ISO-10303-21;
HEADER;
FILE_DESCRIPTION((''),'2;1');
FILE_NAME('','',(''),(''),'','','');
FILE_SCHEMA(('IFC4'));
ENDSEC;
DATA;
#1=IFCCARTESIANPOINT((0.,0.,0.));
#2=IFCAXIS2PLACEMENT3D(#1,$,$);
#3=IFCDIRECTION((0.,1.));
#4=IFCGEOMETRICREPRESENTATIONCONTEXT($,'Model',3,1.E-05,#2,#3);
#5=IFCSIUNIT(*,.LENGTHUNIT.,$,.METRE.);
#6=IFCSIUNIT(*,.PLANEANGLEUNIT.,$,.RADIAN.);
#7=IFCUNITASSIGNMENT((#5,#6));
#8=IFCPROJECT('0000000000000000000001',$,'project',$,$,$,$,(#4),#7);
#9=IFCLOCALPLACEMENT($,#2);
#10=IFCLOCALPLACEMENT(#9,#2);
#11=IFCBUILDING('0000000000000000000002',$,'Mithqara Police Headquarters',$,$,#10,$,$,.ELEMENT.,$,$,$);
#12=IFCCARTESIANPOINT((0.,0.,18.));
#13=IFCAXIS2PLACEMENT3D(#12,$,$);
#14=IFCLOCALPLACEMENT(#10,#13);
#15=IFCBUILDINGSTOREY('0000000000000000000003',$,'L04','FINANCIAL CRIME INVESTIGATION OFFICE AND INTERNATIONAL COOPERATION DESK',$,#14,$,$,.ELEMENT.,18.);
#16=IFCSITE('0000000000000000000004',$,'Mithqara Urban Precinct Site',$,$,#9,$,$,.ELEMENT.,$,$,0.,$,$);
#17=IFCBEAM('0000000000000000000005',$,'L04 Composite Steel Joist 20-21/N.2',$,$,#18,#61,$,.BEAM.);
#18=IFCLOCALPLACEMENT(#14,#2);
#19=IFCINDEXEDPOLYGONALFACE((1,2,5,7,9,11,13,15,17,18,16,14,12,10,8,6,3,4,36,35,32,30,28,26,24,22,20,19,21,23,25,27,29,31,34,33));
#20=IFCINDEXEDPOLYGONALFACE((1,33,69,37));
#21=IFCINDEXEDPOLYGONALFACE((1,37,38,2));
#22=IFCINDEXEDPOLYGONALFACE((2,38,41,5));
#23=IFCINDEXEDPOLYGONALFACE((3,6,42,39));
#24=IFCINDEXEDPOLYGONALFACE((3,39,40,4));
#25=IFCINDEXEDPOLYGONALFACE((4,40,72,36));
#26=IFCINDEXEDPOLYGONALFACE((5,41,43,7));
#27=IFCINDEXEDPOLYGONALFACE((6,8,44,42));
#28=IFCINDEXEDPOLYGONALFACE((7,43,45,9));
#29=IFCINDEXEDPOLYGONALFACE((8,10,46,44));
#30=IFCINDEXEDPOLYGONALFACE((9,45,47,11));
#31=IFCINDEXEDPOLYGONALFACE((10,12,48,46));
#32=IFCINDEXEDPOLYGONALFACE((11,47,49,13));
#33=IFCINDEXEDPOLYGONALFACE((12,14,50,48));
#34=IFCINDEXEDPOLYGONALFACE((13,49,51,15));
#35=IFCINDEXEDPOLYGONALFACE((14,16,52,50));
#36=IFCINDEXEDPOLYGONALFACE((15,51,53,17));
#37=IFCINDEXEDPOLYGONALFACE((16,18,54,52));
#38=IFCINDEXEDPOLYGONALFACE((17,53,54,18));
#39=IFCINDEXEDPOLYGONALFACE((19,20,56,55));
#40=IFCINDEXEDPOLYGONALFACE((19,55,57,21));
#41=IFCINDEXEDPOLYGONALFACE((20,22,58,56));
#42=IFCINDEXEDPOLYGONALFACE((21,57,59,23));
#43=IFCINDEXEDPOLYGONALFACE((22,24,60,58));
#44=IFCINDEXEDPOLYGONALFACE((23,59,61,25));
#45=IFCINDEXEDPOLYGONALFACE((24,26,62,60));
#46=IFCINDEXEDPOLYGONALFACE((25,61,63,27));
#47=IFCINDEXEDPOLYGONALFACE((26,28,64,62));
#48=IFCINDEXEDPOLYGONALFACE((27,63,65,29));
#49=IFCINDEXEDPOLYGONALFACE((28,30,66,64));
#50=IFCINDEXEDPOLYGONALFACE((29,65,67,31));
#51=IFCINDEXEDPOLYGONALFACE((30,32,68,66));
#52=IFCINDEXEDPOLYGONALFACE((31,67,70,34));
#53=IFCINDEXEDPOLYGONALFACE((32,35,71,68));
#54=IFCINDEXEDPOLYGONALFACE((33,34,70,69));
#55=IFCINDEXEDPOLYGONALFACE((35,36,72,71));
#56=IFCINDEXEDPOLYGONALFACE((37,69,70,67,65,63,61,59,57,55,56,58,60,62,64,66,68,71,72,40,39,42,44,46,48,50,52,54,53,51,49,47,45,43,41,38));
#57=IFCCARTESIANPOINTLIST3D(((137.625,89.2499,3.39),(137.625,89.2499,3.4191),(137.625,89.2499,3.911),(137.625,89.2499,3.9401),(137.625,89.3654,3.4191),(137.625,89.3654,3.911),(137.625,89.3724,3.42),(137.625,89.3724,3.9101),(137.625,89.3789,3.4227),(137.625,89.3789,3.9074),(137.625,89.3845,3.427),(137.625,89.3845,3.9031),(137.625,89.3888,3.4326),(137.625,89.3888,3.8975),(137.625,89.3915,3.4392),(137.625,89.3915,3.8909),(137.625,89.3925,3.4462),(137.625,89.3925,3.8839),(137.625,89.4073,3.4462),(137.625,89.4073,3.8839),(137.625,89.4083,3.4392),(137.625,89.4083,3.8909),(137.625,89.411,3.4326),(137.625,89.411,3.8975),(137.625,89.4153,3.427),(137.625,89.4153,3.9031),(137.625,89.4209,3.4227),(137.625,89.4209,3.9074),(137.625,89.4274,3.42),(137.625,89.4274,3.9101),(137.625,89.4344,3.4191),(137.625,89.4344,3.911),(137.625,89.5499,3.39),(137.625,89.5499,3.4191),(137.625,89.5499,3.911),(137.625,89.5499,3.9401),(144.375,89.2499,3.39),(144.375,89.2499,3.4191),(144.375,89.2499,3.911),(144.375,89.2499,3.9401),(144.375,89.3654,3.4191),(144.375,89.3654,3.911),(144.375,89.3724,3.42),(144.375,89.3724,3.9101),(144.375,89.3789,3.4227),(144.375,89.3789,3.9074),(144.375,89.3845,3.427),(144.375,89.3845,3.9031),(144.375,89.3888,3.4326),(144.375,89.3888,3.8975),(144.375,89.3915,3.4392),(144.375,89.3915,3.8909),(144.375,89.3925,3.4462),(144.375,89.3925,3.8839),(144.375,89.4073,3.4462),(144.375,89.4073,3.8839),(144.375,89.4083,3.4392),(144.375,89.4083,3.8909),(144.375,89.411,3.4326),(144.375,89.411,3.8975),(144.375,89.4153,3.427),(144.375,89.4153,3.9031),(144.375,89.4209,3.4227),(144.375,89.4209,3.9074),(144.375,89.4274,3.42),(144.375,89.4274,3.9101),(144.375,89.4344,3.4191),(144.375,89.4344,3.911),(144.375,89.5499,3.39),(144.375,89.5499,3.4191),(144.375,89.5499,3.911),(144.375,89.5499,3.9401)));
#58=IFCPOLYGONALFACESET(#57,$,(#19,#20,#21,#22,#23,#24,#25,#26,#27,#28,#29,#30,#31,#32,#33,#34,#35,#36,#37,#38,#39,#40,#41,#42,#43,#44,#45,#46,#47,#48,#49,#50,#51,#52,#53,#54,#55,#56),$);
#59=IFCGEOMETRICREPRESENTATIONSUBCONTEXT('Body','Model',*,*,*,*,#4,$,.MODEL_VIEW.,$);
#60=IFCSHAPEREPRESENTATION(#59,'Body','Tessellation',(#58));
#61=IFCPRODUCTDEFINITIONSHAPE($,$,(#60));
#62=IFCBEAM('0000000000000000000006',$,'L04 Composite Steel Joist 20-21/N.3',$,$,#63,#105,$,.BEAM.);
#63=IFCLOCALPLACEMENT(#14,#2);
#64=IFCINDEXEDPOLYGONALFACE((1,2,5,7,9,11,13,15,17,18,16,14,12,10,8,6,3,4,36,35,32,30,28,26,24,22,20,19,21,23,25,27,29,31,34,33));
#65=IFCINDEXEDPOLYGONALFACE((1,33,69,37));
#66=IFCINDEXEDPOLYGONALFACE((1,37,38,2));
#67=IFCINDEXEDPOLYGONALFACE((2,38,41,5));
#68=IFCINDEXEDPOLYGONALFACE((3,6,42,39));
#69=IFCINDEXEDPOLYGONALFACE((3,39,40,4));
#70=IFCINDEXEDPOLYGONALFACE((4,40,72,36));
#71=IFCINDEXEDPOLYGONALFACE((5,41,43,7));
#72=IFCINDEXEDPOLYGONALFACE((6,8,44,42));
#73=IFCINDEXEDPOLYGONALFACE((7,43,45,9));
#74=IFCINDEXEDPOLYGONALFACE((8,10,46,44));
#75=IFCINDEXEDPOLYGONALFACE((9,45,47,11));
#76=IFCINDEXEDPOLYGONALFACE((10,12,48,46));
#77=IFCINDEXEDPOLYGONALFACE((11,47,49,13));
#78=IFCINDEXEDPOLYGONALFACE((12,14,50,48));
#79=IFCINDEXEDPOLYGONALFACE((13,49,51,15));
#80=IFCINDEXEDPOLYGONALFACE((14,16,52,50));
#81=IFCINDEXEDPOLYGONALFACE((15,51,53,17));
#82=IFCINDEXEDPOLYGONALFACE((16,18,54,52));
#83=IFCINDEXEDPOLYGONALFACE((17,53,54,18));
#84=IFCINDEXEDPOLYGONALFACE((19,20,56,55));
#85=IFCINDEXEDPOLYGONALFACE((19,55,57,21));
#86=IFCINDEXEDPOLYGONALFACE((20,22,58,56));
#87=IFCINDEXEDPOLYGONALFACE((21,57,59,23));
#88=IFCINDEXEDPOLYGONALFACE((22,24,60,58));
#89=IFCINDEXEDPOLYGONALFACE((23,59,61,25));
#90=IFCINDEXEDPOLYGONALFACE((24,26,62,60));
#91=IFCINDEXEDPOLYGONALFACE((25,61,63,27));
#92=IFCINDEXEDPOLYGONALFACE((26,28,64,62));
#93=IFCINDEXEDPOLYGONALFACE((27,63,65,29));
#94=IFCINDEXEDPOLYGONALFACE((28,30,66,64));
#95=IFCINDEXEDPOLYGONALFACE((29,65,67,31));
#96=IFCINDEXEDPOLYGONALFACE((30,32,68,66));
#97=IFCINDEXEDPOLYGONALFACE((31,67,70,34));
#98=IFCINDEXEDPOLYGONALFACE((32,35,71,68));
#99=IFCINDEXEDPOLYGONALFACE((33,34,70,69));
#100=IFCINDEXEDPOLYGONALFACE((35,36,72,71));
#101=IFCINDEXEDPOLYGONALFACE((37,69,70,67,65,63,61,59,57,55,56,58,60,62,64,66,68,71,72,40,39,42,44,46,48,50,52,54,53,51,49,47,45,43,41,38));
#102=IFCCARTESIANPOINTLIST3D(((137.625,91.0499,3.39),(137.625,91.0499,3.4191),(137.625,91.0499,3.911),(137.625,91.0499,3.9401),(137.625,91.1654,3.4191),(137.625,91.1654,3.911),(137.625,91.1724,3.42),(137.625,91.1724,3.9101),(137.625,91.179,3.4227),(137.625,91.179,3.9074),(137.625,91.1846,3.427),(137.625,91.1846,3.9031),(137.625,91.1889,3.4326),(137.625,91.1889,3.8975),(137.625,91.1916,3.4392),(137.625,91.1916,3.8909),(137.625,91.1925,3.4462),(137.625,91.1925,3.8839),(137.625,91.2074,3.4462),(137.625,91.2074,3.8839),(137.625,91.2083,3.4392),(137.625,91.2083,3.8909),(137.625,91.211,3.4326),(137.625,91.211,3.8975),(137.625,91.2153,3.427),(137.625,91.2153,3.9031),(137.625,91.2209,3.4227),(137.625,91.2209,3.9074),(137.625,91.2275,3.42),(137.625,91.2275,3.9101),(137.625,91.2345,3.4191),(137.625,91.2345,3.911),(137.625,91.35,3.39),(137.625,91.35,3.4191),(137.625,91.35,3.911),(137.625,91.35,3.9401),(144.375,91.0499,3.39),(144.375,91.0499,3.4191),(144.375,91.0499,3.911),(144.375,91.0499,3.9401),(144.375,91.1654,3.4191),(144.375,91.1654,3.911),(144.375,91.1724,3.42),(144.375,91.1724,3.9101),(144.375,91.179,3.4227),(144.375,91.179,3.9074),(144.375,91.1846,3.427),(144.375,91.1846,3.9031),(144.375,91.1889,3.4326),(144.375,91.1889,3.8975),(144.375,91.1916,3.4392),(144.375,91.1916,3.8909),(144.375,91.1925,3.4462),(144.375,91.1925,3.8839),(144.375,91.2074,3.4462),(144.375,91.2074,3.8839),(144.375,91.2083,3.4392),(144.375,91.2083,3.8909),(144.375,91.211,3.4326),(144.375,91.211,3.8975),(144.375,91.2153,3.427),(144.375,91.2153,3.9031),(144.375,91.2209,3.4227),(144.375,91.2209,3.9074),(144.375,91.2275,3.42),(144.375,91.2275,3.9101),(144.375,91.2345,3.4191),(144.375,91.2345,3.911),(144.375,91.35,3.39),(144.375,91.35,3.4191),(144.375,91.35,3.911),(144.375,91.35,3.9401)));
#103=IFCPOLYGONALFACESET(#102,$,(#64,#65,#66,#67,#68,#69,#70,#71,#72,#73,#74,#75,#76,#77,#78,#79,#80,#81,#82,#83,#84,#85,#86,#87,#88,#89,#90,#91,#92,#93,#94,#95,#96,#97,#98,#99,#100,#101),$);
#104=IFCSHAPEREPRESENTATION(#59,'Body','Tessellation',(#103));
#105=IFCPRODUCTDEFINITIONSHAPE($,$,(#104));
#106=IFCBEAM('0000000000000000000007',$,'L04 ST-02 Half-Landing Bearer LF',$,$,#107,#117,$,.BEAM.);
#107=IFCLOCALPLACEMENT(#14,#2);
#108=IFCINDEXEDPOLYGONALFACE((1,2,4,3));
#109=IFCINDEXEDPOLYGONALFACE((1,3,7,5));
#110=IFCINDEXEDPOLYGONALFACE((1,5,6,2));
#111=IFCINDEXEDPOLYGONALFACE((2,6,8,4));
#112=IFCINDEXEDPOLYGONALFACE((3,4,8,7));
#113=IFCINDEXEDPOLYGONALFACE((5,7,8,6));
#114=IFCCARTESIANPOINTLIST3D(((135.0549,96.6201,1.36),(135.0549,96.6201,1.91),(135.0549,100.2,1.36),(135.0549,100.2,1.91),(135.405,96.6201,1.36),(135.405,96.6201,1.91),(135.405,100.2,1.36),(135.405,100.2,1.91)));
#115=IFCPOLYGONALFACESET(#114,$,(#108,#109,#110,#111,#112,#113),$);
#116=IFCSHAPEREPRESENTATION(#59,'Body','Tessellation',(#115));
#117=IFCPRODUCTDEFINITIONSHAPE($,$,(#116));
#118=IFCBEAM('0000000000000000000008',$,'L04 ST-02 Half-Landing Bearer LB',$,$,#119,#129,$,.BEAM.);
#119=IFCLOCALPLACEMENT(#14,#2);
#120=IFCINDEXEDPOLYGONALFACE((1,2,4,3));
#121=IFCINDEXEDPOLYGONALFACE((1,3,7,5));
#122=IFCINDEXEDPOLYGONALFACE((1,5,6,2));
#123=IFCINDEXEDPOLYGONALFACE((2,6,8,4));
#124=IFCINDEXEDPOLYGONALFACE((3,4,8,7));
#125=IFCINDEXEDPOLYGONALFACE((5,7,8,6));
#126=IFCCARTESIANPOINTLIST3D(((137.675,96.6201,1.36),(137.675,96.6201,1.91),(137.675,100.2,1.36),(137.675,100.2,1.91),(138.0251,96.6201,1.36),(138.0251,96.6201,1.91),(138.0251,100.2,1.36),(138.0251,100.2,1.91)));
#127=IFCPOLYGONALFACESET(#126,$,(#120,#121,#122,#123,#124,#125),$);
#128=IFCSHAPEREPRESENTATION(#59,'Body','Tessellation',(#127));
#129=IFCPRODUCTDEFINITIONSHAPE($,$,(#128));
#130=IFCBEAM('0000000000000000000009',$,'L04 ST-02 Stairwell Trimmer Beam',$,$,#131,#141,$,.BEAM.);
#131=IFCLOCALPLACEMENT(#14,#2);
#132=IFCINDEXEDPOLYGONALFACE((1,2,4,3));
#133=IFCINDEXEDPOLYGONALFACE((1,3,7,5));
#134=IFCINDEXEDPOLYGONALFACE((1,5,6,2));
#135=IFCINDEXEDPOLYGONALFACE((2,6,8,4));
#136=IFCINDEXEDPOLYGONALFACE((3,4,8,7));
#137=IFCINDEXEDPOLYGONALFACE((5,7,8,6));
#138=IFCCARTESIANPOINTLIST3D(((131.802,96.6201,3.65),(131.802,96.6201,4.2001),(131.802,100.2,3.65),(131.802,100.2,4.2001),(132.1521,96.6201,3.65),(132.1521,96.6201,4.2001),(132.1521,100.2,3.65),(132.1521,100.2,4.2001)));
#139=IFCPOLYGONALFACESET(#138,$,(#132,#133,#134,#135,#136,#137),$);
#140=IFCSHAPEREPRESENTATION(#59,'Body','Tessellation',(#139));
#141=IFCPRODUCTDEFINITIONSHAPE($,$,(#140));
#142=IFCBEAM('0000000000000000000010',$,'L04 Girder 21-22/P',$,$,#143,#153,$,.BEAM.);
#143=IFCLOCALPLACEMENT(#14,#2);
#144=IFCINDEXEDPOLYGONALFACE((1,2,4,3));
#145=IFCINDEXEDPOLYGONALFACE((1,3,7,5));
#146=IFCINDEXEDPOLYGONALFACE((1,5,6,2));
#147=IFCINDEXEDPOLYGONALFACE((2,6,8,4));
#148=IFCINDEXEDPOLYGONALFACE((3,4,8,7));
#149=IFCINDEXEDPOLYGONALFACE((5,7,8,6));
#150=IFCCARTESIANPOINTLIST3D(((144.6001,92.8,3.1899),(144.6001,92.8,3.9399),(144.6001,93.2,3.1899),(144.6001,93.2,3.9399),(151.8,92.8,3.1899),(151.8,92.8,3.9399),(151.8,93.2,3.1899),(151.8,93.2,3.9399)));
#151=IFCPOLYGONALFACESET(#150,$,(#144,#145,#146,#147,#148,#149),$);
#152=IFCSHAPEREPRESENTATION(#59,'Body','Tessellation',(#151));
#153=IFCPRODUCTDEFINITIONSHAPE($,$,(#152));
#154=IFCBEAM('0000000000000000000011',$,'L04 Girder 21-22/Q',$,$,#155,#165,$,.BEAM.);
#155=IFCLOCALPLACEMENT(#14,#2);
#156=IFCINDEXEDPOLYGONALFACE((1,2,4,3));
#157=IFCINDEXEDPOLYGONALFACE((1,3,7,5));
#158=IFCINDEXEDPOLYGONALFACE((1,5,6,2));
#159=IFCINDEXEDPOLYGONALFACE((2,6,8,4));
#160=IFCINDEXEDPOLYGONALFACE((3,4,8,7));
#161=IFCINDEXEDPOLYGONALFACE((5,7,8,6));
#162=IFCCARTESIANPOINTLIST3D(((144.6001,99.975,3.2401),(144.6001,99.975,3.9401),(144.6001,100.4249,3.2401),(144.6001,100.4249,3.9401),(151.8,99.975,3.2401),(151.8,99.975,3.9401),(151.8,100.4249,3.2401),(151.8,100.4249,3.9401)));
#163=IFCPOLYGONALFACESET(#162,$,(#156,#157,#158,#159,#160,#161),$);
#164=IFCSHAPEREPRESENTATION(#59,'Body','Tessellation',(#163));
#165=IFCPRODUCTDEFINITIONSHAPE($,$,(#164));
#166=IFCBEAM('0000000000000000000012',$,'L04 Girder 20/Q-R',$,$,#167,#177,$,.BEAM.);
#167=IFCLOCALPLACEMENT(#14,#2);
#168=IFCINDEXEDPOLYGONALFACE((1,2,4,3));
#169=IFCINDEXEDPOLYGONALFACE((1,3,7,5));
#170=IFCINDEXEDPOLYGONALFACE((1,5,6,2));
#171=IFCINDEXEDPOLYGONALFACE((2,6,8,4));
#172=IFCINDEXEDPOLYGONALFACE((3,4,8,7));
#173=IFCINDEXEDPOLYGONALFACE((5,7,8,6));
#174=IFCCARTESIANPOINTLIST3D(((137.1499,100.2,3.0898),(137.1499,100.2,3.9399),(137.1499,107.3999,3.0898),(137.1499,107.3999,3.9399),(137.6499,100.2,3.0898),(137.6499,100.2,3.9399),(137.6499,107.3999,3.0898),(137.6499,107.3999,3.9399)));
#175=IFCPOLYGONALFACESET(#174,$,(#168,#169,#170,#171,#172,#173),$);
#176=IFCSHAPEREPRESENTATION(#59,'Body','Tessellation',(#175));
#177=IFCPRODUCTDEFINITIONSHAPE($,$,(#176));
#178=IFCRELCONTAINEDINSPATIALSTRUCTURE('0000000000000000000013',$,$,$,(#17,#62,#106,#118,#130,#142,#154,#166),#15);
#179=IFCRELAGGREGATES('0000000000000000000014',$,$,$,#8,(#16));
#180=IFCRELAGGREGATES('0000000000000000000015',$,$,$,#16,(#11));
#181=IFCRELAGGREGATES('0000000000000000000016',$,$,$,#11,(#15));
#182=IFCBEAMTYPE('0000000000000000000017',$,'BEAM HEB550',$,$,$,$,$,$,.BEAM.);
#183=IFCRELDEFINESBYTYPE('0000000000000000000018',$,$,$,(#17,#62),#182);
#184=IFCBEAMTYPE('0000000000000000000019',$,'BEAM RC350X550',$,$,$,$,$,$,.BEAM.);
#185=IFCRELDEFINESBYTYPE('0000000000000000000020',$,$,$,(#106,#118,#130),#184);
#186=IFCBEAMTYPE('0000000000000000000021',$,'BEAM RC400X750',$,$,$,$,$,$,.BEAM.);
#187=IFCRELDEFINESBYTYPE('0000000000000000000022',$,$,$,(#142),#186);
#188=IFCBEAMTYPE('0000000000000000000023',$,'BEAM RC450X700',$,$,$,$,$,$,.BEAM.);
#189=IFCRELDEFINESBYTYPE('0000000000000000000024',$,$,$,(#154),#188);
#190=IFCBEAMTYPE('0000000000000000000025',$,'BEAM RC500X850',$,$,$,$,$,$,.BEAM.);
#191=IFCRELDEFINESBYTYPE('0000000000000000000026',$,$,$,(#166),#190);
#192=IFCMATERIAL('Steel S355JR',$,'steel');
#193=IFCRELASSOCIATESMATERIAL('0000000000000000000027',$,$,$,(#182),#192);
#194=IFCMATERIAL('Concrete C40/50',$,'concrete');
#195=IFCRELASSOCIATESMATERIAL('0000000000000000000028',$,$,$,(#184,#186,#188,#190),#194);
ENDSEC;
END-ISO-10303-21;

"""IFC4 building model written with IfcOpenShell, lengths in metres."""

from ifc_helpers import new_model, si_unit, direction, frame, origin, origin_2d, place, context, subcontext, project, spatial, rectangle, i_section, extrude, material, material_profile, profile_set, type_object, element, save


model = new_model("IFC4")

# Units and contexts
model_context = context("Model", 3, precision=1e-05, world=origin(), true_north=direction((0.0, 1.0)))
body_context = subcontext(model_context, "Body", "Model", "MODEL_VIEW")
ifc_project = project(units=[si_unit("LENGTHUNIT", "METRE"), si_unit("PLANEANGLEUNIT", "RADIAN")], contexts=[model_context])

# Site, building, storey
site_placement = place(None, origin())
site = spatial("IfcSite", under=ifc_project, at=site_placement, Name="Mithqara Urban Precinct Site", CompositionType="ELEMENT", RefElevation=0.0)
building_placement = place(site_placement, origin())
building = spatial("IfcBuilding", under=site, at=building_placement, Name="Mithqara Police Headquarters", CompositionType="ELEMENT")
storey_placement = place(building_placement, frame((0.0, 0.0, 18.0)))
storey = spatial("IfcBuildingStorey", under=building, at=storey_placement, Name="L04", Description="FINANCIAL CRIME INVESTIGATION OFFICE AND INTERNATIONAL COOPERATION DESK", CompositionType="ELEMENT", Elevation=18.0)

# Beams
ifc_material_1 = material(Name="Steel S355JR", Category="steel")
ifc_material_profile_1 = material_profile(ifc_material_1, i_section(OverallWidth=0.3, OverallDepth=0.55, WebThickness=0.0149, FlangeThickness=0.0291, FilletRadius=0.0271, at=origin_2d()), Name="HEB 550")
ifc_profile_set_1 = profile_set([ifc_material_profile_1], Name="Steel S355JR")
beam_type_1 = type_object("IfcBeamType", Name="BEAM HEB550", PredefinedType="BEAM", material=ifc_profile_set_1)
for number, where, z_axis, x_axis, name in (
    (1, (137.625, 89.3999, 3.665), (1.0, 0.0, 0.0), (0.0, 1.0, 0.0), "L04 Composite Steel Joist 20-21/N.2"),
    (2, (137.625, 91.2, 3.665), (1.0, 0.0, 0.0), (0.0, 1.0, 0.0), "L04 Composite Steel Joist 20-21/N.3"),
):
    element("IfcBeam", number, at=place(storey_placement, frame(where, z_axis=z_axis, x_axis=x_axis)), inside=storey, type_object=beam_type_1, Name=name, PredefinedType="BEAM", context=body_context, shape_type="SweptSolid", body=[
        extrude(i_section(OverallWidth=0.3, OverallDepth=0.55, WebThickness=0.0149, FlangeThickness=0.0291, FilletRadius=0.0271, at=origin_2d()), origin(), (0.0, 0.0, 1.0), 6.75),
    ])
ifc_material_2 = material(Name="Concrete C40/50", Category="concrete")
ifc_material_profile_2 = material_profile(ifc_material_2, rectangle(XDim=0.3501, YDim=0.55, at=origin_2d()), Name="RC 350x550")
ifc_profile_set_2 = profile_set([ifc_material_profile_2], Name="Concrete C40/50")
beam_type_2 = type_object("IfcBeamType", Name="BEAM RC350X550", PredefinedType="BEAM", material=ifc_profile_set_2)
for number, where, z_axis, x_axis, name in (
    (3, (135.23, 96.6201, 1.635), (0.0, 1.0, 0.0), (-1.0, 0.0, 0.0), "L04 ST-02 Half-Landing Bearer LF"),
    (4, (137.8501, 96.6201, 1.635), (0.0, 1.0, 0.0), (-1.0, 0.0, 0.0), "L04 ST-02 Half-Landing Bearer LB"),
    (5, (131.9771, 96.6201, 3.925), (0.0, 1.0, 0.0), (-1.0, 0.0, 0.0), "L04 ST-02 Stairwell Trimmer Beam"),
):
    element("IfcBeam", number, at=place(storey_placement, frame(where, z_axis=z_axis, x_axis=x_axis)), inside=storey, type_object=beam_type_2, Name=name, PredefinedType="BEAM", context=body_context, shape_type="SweptSolid", body=[
        extrude(rectangle(XDim=0.3501, YDim=0.55, at=origin_2d()), origin(), (0.0, 0.0, 1.0), 3.5798),
    ])
ifc_material_profile_3 = material_profile(ifc_material_2, rectangle(XDim=0.3999, YDim=0.75, at=origin_2d()), Name="RC 400x750")
ifc_profile_set_3 = profile_set([ifc_material_profile_3], Name="Concrete C40/50")
beam_type_3 = type_object("IfcBeamType", Name="BEAM RC400X750", PredefinedType="BEAM", material=ifc_profile_set_3)
beam_1_placement = place(storey_placement, frame((144.6001, 93.0, 3.5649), z_axis=(1.0, 0.0, 0.0), x_axis=(0.0, 1.0, 0.0)))
element("IfcBeam", 6, at=beam_1_placement, inside=storey, type_object=beam_type_3, Name="L04 Girder 21-22/P", PredefinedType="BEAM", context=body_context, shape_type="SweptSolid", body=[
    extrude(rectangle(XDim=0.3999, YDim=0.75, at=origin_2d()), origin(), (0.0, 0.0, 1.0), 7.2),
])
ifc_material_profile_4 = material_profile(ifc_material_2, rectangle(XDim=0.45, YDim=0.7, at=origin_2d()), Name="RC 450x700")
ifc_profile_set_4 = profile_set([ifc_material_profile_4], Name="Concrete C40/50")
beam_type_4 = type_object("IfcBeamType", Name="BEAM RC450X700", PredefinedType="BEAM", material=ifc_profile_set_4)
beam_2_placement = place(storey_placement, frame((144.6001, 100.2, 3.5901), z_axis=(1.0, 0.0, 0.0), x_axis=(0.0, 1.0, 0.0)))
element("IfcBeam", 7, at=beam_2_placement, inside=storey, type_object=beam_type_4, Name="L04 Girder 21-22/Q", PredefinedType="BEAM", context=body_context, shape_type="SweptSolid", body=[
    extrude(rectangle(XDim=0.45, YDim=0.7, at=origin_2d()), origin(), (0.0, 0.0, 1.0), 7.2),
])
ifc_material_profile_5 = material_profile(ifc_material_2, rectangle(XDim=0.5, YDim=0.8501, at=origin_2d()), Name="RC 500x850")
ifc_profile_set_5 = profile_set([ifc_material_profile_5], Name="Concrete C40/50")
beam_type_5 = type_object("IfcBeamType", Name="BEAM RC500X850", PredefinedType="BEAM", material=ifc_profile_set_5)
beam_3_placement = place(storey_placement, frame((137.3999, 100.2, 3.5149), z_axis=(0.0, 1.0, 0.0), x_axis=(-1.0, 0.0, 0.0)))
element("IfcBeam", 8, at=beam_3_placement, inside=storey, type_object=beam_type_5, Name="L04 Girder 20/Q-R", PredefinedType="BEAM", context=body_context, shape_type="SweptSolid", body=[
    extrude(rectangle(XDim=0.5, YDim=0.8501, at=origin_2d()), origin(), (0.0, 0.0, 1.0), 7.2),
])

save(model, "model.ifc")
